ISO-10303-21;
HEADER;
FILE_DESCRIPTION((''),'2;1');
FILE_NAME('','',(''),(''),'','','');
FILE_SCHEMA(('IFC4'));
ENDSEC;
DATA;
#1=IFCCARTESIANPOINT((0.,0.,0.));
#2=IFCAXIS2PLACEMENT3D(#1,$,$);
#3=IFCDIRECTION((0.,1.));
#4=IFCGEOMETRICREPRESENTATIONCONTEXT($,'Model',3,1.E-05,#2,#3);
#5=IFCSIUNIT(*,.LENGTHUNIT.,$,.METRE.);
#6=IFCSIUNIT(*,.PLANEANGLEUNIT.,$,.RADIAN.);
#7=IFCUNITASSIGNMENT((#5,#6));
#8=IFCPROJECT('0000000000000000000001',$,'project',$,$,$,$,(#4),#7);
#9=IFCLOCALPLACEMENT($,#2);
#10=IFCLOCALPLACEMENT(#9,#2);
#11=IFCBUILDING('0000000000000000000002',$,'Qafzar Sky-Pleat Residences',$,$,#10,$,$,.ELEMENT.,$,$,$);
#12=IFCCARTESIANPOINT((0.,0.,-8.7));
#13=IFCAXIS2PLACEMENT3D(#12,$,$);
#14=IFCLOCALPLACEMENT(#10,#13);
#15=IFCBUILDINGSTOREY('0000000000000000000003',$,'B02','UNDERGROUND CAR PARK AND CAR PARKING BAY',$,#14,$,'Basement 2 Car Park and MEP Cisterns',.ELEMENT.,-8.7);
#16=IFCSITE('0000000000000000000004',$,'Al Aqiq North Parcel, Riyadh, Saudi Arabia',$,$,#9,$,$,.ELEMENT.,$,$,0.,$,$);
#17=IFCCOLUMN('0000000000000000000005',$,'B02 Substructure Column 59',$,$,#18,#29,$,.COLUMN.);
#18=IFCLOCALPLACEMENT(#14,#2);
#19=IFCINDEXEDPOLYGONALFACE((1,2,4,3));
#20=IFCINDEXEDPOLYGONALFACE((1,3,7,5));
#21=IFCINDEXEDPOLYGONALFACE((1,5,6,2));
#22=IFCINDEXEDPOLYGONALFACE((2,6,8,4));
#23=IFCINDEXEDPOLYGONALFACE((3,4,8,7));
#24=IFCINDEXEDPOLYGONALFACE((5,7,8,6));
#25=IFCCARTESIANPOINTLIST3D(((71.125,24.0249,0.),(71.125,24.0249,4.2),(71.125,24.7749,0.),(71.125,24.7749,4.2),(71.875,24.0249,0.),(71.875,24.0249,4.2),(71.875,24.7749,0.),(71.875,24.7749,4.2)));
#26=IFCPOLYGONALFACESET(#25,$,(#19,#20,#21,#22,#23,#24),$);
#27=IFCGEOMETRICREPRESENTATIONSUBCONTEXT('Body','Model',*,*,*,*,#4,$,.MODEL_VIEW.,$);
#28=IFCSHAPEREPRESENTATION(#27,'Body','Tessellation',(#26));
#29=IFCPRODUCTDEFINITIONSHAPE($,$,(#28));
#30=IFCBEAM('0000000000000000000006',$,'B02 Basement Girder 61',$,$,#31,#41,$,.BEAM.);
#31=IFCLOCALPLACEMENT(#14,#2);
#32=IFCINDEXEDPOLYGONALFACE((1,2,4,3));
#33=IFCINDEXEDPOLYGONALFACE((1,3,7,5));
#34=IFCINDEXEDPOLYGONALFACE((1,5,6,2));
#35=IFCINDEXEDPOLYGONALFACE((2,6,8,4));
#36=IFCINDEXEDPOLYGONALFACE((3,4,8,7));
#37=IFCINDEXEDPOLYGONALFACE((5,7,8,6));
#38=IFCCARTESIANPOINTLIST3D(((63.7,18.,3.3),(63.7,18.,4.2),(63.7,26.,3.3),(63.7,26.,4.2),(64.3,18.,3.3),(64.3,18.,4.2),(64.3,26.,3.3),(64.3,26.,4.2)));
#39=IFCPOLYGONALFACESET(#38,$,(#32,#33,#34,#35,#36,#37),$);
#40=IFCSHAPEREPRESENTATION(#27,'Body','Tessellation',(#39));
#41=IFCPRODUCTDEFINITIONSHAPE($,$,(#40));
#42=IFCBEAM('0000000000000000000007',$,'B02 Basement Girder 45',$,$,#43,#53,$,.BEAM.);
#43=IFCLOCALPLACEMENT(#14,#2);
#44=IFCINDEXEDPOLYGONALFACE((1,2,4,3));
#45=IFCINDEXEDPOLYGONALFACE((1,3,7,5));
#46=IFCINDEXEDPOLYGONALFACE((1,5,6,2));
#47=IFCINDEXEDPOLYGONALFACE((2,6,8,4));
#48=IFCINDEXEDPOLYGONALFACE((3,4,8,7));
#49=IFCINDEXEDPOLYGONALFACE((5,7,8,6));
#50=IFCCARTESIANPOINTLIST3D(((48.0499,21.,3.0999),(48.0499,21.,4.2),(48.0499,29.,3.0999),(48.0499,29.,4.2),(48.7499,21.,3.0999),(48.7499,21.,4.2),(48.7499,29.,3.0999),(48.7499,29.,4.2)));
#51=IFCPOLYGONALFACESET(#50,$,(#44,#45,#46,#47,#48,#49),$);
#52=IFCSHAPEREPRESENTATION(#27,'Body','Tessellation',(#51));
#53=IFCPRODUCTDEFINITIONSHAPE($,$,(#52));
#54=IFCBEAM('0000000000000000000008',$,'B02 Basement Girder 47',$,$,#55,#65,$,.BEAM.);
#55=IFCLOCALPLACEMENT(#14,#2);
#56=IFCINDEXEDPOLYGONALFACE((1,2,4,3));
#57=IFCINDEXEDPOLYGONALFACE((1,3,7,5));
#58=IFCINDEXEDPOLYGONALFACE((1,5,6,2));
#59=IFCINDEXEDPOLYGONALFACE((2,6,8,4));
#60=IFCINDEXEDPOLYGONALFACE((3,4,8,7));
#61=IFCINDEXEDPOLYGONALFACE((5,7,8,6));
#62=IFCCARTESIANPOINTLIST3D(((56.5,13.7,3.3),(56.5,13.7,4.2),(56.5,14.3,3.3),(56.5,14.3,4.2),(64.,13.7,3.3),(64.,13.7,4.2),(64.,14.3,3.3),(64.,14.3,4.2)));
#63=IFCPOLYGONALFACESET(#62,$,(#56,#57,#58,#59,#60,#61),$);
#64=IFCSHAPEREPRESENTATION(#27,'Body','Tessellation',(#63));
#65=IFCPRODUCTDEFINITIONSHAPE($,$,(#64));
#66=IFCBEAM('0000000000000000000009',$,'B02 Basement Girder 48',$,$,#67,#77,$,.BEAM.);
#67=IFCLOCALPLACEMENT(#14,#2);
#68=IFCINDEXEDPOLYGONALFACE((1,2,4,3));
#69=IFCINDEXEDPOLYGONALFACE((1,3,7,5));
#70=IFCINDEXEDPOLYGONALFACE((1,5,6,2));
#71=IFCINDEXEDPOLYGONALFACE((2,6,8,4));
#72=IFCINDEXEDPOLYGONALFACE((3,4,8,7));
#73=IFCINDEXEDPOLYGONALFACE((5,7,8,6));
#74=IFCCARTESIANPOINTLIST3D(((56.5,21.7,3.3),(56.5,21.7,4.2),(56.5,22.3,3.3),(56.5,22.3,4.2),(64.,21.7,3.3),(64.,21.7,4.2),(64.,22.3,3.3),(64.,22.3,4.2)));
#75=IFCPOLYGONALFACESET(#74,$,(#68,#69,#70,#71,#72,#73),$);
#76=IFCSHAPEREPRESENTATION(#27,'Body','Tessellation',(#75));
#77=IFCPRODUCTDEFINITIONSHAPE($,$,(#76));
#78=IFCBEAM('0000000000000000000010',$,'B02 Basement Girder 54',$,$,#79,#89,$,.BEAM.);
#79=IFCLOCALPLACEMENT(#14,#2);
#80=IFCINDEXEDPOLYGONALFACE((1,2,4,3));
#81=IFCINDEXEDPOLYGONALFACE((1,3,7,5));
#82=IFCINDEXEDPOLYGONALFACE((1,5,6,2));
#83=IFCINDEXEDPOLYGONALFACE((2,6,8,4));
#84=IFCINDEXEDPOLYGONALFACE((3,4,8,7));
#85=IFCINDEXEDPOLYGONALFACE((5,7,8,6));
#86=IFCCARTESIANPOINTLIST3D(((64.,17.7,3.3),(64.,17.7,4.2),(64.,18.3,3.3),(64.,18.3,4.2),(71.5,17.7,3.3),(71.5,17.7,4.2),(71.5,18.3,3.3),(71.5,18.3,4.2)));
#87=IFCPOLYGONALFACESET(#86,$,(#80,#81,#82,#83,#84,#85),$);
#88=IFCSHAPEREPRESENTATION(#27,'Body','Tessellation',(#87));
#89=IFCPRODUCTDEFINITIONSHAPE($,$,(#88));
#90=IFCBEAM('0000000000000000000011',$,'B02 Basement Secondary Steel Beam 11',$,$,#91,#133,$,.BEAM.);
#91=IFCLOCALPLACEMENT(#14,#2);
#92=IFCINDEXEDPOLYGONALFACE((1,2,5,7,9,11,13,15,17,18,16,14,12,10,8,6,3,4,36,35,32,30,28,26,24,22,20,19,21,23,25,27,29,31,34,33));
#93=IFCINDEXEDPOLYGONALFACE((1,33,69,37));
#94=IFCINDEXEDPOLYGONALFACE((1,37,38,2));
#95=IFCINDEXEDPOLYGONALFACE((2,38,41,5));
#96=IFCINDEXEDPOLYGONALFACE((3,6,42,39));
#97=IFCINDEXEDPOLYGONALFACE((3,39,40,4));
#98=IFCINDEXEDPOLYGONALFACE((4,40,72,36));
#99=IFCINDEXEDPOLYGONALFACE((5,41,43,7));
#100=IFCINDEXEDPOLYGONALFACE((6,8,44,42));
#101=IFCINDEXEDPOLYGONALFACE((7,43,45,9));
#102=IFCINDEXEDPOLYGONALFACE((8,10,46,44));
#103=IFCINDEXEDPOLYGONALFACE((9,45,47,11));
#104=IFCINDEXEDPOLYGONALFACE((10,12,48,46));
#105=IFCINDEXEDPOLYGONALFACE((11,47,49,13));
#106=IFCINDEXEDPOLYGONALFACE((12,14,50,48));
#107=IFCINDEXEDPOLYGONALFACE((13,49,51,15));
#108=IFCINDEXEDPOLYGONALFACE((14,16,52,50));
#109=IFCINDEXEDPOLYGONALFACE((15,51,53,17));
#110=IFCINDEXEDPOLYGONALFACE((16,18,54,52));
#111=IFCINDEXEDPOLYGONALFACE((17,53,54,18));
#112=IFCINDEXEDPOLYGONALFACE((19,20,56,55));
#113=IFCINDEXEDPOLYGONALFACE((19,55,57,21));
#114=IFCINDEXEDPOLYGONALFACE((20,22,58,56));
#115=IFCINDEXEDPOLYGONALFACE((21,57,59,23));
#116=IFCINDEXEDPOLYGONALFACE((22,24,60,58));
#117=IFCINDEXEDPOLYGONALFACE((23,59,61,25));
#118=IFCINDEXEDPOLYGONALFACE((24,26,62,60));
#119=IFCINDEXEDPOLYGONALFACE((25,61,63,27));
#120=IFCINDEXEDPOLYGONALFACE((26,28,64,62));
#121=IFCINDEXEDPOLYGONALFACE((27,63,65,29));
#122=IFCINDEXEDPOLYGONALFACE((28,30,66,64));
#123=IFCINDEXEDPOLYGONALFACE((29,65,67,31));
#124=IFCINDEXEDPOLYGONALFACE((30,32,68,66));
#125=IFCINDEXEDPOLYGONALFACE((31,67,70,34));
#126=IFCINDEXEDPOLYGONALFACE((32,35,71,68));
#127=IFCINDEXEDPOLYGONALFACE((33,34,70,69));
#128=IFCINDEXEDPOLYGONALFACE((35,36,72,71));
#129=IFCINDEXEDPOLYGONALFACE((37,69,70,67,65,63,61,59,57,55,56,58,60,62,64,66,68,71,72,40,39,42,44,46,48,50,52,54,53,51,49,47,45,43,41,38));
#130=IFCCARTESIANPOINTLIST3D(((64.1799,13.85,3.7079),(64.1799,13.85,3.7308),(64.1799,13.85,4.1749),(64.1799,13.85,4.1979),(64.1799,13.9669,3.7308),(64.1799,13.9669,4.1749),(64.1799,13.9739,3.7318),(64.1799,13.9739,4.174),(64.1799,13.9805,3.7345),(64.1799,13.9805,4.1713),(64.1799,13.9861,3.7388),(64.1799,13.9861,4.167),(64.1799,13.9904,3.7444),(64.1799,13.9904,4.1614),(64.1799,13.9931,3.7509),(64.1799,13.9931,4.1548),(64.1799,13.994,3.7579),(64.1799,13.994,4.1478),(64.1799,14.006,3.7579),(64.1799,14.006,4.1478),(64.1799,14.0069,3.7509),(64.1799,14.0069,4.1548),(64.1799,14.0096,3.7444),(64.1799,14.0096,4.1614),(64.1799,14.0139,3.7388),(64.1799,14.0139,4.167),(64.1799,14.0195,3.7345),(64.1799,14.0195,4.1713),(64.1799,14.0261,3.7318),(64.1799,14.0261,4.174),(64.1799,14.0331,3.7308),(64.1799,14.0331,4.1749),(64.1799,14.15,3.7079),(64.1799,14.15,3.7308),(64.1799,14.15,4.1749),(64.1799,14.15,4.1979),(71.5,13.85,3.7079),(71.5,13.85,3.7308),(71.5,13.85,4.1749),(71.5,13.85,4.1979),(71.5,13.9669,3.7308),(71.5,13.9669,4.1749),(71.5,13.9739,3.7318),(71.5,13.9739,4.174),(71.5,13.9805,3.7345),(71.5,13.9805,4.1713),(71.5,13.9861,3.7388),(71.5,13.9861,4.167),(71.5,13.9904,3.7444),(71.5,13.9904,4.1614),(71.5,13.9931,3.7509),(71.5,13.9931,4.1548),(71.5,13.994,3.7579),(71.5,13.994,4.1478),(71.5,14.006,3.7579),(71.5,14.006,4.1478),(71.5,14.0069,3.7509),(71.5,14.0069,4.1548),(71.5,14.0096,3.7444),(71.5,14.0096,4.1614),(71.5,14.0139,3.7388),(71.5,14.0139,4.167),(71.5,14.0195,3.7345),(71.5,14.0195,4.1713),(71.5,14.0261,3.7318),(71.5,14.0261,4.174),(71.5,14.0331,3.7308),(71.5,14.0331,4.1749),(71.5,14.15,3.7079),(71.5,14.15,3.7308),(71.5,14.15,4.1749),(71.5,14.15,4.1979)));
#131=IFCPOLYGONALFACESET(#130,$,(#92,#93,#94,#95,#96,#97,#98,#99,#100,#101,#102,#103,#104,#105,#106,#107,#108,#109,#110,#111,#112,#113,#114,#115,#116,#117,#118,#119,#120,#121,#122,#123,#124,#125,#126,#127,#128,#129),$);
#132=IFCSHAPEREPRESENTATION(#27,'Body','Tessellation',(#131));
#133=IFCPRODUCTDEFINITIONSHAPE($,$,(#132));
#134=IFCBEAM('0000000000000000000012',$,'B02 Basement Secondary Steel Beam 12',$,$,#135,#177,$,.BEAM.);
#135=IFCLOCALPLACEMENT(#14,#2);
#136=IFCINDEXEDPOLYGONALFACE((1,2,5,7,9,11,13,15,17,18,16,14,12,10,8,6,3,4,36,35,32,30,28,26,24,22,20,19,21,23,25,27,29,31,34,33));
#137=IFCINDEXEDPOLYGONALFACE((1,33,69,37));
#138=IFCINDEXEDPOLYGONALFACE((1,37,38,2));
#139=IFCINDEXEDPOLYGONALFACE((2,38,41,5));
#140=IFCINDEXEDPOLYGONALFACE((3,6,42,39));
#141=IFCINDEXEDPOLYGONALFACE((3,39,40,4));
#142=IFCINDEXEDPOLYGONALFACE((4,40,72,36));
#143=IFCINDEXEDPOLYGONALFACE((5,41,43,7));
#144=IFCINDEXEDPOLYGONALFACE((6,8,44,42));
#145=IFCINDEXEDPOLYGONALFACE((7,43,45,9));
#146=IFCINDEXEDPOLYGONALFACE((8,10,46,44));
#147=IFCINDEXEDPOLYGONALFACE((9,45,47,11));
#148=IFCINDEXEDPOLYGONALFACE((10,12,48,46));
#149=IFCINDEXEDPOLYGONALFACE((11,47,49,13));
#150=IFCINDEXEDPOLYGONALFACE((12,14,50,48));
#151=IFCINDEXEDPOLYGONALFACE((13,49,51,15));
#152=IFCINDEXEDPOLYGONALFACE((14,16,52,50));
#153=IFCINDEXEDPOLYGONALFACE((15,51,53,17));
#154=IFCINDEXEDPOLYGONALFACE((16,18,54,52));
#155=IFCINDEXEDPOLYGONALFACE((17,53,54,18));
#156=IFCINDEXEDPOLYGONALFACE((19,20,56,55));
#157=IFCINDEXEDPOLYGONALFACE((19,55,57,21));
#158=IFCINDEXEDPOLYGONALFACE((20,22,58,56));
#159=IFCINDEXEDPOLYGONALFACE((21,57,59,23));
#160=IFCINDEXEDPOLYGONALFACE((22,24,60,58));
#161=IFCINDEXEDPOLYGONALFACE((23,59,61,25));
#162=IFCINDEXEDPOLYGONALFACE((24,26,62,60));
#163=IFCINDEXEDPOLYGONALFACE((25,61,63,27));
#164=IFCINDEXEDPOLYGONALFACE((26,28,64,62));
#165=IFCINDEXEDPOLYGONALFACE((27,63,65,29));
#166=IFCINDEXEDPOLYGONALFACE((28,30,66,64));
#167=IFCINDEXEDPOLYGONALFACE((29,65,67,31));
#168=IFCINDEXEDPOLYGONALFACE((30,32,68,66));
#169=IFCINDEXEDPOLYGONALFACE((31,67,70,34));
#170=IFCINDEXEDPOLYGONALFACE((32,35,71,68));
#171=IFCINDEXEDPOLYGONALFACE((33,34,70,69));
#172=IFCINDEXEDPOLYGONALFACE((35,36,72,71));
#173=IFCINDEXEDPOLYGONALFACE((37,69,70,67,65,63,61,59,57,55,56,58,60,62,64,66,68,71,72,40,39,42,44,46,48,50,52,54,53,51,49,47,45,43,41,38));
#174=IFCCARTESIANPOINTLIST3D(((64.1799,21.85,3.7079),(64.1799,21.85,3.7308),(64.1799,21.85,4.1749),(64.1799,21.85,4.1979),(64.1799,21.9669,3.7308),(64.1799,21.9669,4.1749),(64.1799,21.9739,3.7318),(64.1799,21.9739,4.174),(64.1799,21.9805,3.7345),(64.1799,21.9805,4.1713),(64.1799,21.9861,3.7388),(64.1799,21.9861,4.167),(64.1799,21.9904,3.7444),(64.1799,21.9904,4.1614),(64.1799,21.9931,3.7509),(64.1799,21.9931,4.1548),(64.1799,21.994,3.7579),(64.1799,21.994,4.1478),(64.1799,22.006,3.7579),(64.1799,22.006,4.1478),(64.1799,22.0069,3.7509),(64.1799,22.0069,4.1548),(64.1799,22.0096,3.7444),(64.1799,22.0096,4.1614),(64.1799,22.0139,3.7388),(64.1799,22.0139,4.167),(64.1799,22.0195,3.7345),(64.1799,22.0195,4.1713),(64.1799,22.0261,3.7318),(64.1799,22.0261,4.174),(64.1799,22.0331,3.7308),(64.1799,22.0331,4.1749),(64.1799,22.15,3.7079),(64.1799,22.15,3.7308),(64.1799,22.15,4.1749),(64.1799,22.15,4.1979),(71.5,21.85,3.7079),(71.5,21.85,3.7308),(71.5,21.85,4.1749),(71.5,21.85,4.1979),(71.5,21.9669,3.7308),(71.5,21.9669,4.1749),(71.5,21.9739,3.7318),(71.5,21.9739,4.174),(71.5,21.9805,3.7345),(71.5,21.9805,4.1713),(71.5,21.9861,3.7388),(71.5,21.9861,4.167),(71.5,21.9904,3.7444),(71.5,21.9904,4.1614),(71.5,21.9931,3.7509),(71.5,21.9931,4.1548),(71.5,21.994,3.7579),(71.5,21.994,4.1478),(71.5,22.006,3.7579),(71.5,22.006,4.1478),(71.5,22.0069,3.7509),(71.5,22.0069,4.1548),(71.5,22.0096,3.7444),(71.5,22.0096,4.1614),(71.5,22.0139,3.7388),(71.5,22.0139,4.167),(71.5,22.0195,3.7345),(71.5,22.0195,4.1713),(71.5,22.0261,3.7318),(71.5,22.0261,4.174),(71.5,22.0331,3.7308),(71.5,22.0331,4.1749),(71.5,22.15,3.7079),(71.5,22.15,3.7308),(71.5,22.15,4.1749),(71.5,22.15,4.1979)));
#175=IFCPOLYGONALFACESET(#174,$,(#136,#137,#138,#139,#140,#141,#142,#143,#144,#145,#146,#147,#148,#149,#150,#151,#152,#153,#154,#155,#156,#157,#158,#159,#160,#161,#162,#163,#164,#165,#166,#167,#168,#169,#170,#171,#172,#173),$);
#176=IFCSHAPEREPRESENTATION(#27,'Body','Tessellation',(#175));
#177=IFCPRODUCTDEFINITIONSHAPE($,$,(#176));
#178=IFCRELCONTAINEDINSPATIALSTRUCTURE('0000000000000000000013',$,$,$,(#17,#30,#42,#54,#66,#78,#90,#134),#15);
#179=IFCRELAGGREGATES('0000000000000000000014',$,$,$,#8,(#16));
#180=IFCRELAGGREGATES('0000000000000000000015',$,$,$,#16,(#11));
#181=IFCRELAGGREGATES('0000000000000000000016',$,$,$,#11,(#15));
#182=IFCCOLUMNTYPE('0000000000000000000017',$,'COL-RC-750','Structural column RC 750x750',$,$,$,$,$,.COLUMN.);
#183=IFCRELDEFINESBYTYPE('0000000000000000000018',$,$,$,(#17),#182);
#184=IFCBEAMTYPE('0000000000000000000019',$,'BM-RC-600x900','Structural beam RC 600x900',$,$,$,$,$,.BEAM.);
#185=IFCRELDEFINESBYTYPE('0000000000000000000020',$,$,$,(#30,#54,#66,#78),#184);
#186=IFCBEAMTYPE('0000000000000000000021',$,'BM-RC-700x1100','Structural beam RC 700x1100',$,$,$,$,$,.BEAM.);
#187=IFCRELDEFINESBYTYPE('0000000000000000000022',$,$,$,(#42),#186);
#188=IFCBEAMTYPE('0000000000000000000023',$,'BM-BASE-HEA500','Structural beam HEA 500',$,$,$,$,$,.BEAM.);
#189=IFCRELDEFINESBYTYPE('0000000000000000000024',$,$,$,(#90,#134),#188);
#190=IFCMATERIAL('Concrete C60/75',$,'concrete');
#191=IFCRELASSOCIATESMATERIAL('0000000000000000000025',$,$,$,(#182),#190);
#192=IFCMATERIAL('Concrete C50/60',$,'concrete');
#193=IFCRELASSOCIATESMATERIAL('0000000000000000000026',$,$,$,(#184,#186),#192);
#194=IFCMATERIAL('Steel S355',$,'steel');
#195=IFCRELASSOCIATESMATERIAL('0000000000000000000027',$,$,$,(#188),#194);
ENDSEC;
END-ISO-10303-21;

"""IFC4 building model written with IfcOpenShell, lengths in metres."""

from ifc_helpers import new_model, si_unit, direction, frame, origin, origin_2d, place, context, subcontext, project, spatial, rectangle, i_section, extrude, source, transform, mapped, material, material_profile, profile_set, type_object, element, save


model = new_model("IFC4")

# Units and contexts
model_context = context("Model", 3, precision=1e-05, world=origin(), true_north=direction((0.0, 1.0)))
body_context = subcontext(model_context, "Body", "Model", "MODEL_VIEW")
ifc_project = project(units=[si_unit("LENGTHUNIT", "METRE"), si_unit("PLANEANGLEUNIT", "RADIAN")], contexts=[model_context])

# Site, building, storey
site_placement = place(None, origin())
site = spatial("IfcSite", under=ifc_project, at=site_placement, Name="Al Aqiq North Parcel, Riyadh, Saudi Arabia", CompositionType="ELEMENT", RefElevation=0.0)
building_placement = place(site_placement, origin())
building = spatial("IfcBuilding", under=site, at=building_placement, Name="Qafzar Sky-Pleat Residences", CompositionType="ELEMENT")
storey_placement = place(building_placement, frame((0.0, 0.0, -8.7)))
storey = spatial("IfcBuildingStorey", under=building, at=storey_placement, Name="B02", Description="UNDERGROUND CAR PARK AND CAR PARKING BAY", LongName="Basement 2 Car Park and MEP Cisterns", CompositionType="ELEMENT", Elevation=-8.7)

# Shared definitions
ifc_material_1 = material(Name="Concrete C50/60", Category="concrete")

# Column
ifc_material_2 = material(Name="Concrete C60/75", Category="concrete")
ifc_material_profile_1 = material_profile(ifc_material_2, rectangle(XDim=0.75, YDim=0.75, at=origin_2d()), Name="RC 750x750")
ifc_profile_set_1 = profile_set([ifc_material_profile_1], Name="Concrete C60/75")
column_type_1 = type_object("IfcColumnType", Name="COL-RC-750", Description="Structural column RC 750x750", PredefinedType="COLUMN", material=ifc_profile_set_1)
shared_shape_1 = source(origin(), body_context, "Body", "SweptSolid", [
    extrude(rectangle(XDim=0.75, YDim=0.75, at=origin_2d()), origin(), (0.0, 0.0, 1.0), 4.2),
])
for number, where, z_axis, x_axis, name in (
    (1, (71.5, 24.3999, 0.0), (0.0, 0.0, 1.0), (1.0, 0.0, 0.0), "B02 Substructure Column 59"),
):
    element("IfcColumn", number, at=place(storey_placement, frame(where, z_axis=z_axis, x_axis=x_axis)), inside=storey, type_object=column_type_1, Name=name, PredefinedType="COLUMN", context=body_context, shape_type="MappedRepresentation", body=[
        mapped(shared_shape_1, transform((0.0, 0.0, 0.0), x_axis=(1.0, 0.0, 0.0), y_axis=(0.0, 1.0, 0.0), z_axis=(0.0, 0.0, 1.0), scale=1.0)),
    ])

# Beams
ifc_material_profile_2 = material_profile(ifc_material_1, rectangle(XDim=0.6001, YDim=0.8999, at=origin_2d()), Name="RC 600x900")
ifc_profile_set_2 = profile_set([ifc_material_profile_2], Name="Concrete C50/60")
beam_type_1 = type_object("IfcBeamType", Name="BM-RC-600x900", Description="Structural beam RC 600x900", PredefinedType="BEAM", material=ifc_profile_set_2)
shared_shape_2 = source(origin(), body_context, "Body", "SweptSolid", [
    extrude(rectangle(XDim=0.6001, YDim=0.8999, at=origin_2d()), origin(), (0.0, 0.0, 1.0), 8.0),
])
beam_1_placement = place(storey_placement, frame((64.0, 18.0, 3.75), z_axis=(0.0, 1.0, 0.0), x_axis=(-1.0, 0.0, 0.0)))
element("IfcBeam", 2, at=beam_1_placement, inside=storey, type_object=beam_type_1, Name="B02 Basement Girder 61", PredefinedType="BEAM", context=body_context, shape_type="MappedRepresentation", body=[
    mapped(shared_shape_2, transform((0.0, 0.0, 0.0), x_axis=(1.0, 0.0, 0.0), y_axis=(0.0, 1.0, 0.0), z_axis=(0.0, 0.0, 1.0), scale=1.0)),
])
ifc_material_profile_3 = material_profile(ifc_material_1, rectangle(XDim=0.7, YDim=1.1001, at=origin_2d()), Name="RC 700x1100")
ifc_profile_set_3 = profile_set([ifc_material_profile_3], Name="Concrete C50/60")
beam_type_2 = type_object("IfcBeamType", Name="BM-RC-700x1100", Description="Structural beam RC 700x1100", PredefinedType="BEAM", material=ifc_profile_set_3)
shared_shape_3 = source(origin(), body_context, "Body", "SweptSolid", [
    extrude(rectangle(XDim=0.7, YDim=1.1001, at=origin_2d()), origin(), (0.0, 0.0, 1.0), 8.0),
])
beam_2_placement = place(storey_placement, frame((48.3999, 21.0, 3.6499), z_axis=(0.0, 1.0, 0.0), x_axis=(-1.0, 0.0, 0.0)))
element("IfcBeam", 3, at=beam_2_placement, inside=storey, type_object=beam_type_2, Name="B02 Basement Girder 45", PredefinedType="BEAM", context=body_context, shape_type="MappedRepresentation", body=[
    mapped(shared_shape_3, transform((0.0, 0.0, 0.0), x_axis=(1.0, 0.0, 0.0), y_axis=(0.0, 1.0, 0.0), z_axis=(0.0, 0.0, 1.0), scale=1.0)),
])
shared_shape_4 = source(origin(), body_context, "Body", "SweptSolid", [
    extrude(rectangle(XDim=0.6001, YDim=0.8999, at=origin_2d()), origin(), (0.0, 0.0, 1.0), 7.5),
])
for number, where, z_axis, x_axis, name in (
    (4, (56.5, 14.0, 3.75), (1.0, 0.0, 0.0), (0.0, 1.0, 0.0), "B02 Basement Girder 47"),
    (5, (56.5, 22.0, 3.75), (1.0, 0.0, 0.0), (0.0, 1.0, 0.0), "B02 Basement Girder 48"),
    (6, (64.0, 18.0, 3.75), (1.0, 0.0, 0.0), (0.0, 1.0, 0.0), "B02 Basement Girder 54"),
):
    element("IfcBeam", number, at=place(storey_placement, frame(where, z_axis=z_axis, x_axis=x_axis)), inside=storey, type_object=beam_type_1, Name=name, PredefinedType="BEAM", context=body_context, shape_type="MappedRepresentation", body=[
        mapped(shared_shape_4, transform((0.0, 0.0, 0.0), x_axis=(1.0, 0.0, 0.0), y_axis=(0.0, 1.0, 0.0), z_axis=(0.0, 0.0, 1.0), scale=1.0)),
    ])
ifc_material_3 = material(Name="Steel S355", Category="steel")
ifc_material_profile_4 = material_profile(ifc_material_3, i_section(OverallWidth=0.3, OverallDepth=0.49, WebThickness=0.012, FlangeThickness=0.0229, FilletRadius=0.0271, at=origin_2d()), Name="HEA 500")
ifc_profile_set_4 = profile_set([ifc_material_profile_4], Name="Steel S355")
beam_type_3 = type_object("IfcBeamType", Name="BM-BASE-HEA500", Description="Structural beam HEA 500", PredefinedType="BEAM", material=ifc_profile_set_4)
shared_shape_5 = source(origin(), body_context, "Body", "SweptSolid", [
    extrude(i_section(OverallWidth=0.3, OverallDepth=0.49, WebThickness=0.012, FlangeThickness=0.0229, FilletRadius=0.0271, at=origin_2d()), origin(), (0.0, 0.0, 1.0), 7.3201),
])
for number, where, z_axis, x_axis, name in (
    (7, (64.1799, 14.0, 3.9529), (1.0, 0.0, 0.0), (0.0, 1.0, 0.0), "B02 Basement Secondary Steel Beam 11"),
    (8, (64.1799, 22.0, 3.9529), (1.0, 0.0, 0.0), (0.0, 1.0, 0.0), "B02 Basement Secondary Steel Beam 12"),
):
    element("IfcBeam", number, at=place(storey_placement, frame(where, z_axis=z_axis, x_axis=x_axis)), inside=storey, type_object=beam_type_3, Name=name, PredefinedType="BEAM", context=body_context, shape_type="MappedRepresentation", body=[
        mapped(shared_shape_5, transform((0.0, 0.0, 0.0), x_axis=(1.0, 0.0, 0.0), y_axis=(0.0, 1.0, 0.0), z_axis=(0.0, 0.0, 1.0), scale=1.0)),
    ])

save(model, "model.ifc")
